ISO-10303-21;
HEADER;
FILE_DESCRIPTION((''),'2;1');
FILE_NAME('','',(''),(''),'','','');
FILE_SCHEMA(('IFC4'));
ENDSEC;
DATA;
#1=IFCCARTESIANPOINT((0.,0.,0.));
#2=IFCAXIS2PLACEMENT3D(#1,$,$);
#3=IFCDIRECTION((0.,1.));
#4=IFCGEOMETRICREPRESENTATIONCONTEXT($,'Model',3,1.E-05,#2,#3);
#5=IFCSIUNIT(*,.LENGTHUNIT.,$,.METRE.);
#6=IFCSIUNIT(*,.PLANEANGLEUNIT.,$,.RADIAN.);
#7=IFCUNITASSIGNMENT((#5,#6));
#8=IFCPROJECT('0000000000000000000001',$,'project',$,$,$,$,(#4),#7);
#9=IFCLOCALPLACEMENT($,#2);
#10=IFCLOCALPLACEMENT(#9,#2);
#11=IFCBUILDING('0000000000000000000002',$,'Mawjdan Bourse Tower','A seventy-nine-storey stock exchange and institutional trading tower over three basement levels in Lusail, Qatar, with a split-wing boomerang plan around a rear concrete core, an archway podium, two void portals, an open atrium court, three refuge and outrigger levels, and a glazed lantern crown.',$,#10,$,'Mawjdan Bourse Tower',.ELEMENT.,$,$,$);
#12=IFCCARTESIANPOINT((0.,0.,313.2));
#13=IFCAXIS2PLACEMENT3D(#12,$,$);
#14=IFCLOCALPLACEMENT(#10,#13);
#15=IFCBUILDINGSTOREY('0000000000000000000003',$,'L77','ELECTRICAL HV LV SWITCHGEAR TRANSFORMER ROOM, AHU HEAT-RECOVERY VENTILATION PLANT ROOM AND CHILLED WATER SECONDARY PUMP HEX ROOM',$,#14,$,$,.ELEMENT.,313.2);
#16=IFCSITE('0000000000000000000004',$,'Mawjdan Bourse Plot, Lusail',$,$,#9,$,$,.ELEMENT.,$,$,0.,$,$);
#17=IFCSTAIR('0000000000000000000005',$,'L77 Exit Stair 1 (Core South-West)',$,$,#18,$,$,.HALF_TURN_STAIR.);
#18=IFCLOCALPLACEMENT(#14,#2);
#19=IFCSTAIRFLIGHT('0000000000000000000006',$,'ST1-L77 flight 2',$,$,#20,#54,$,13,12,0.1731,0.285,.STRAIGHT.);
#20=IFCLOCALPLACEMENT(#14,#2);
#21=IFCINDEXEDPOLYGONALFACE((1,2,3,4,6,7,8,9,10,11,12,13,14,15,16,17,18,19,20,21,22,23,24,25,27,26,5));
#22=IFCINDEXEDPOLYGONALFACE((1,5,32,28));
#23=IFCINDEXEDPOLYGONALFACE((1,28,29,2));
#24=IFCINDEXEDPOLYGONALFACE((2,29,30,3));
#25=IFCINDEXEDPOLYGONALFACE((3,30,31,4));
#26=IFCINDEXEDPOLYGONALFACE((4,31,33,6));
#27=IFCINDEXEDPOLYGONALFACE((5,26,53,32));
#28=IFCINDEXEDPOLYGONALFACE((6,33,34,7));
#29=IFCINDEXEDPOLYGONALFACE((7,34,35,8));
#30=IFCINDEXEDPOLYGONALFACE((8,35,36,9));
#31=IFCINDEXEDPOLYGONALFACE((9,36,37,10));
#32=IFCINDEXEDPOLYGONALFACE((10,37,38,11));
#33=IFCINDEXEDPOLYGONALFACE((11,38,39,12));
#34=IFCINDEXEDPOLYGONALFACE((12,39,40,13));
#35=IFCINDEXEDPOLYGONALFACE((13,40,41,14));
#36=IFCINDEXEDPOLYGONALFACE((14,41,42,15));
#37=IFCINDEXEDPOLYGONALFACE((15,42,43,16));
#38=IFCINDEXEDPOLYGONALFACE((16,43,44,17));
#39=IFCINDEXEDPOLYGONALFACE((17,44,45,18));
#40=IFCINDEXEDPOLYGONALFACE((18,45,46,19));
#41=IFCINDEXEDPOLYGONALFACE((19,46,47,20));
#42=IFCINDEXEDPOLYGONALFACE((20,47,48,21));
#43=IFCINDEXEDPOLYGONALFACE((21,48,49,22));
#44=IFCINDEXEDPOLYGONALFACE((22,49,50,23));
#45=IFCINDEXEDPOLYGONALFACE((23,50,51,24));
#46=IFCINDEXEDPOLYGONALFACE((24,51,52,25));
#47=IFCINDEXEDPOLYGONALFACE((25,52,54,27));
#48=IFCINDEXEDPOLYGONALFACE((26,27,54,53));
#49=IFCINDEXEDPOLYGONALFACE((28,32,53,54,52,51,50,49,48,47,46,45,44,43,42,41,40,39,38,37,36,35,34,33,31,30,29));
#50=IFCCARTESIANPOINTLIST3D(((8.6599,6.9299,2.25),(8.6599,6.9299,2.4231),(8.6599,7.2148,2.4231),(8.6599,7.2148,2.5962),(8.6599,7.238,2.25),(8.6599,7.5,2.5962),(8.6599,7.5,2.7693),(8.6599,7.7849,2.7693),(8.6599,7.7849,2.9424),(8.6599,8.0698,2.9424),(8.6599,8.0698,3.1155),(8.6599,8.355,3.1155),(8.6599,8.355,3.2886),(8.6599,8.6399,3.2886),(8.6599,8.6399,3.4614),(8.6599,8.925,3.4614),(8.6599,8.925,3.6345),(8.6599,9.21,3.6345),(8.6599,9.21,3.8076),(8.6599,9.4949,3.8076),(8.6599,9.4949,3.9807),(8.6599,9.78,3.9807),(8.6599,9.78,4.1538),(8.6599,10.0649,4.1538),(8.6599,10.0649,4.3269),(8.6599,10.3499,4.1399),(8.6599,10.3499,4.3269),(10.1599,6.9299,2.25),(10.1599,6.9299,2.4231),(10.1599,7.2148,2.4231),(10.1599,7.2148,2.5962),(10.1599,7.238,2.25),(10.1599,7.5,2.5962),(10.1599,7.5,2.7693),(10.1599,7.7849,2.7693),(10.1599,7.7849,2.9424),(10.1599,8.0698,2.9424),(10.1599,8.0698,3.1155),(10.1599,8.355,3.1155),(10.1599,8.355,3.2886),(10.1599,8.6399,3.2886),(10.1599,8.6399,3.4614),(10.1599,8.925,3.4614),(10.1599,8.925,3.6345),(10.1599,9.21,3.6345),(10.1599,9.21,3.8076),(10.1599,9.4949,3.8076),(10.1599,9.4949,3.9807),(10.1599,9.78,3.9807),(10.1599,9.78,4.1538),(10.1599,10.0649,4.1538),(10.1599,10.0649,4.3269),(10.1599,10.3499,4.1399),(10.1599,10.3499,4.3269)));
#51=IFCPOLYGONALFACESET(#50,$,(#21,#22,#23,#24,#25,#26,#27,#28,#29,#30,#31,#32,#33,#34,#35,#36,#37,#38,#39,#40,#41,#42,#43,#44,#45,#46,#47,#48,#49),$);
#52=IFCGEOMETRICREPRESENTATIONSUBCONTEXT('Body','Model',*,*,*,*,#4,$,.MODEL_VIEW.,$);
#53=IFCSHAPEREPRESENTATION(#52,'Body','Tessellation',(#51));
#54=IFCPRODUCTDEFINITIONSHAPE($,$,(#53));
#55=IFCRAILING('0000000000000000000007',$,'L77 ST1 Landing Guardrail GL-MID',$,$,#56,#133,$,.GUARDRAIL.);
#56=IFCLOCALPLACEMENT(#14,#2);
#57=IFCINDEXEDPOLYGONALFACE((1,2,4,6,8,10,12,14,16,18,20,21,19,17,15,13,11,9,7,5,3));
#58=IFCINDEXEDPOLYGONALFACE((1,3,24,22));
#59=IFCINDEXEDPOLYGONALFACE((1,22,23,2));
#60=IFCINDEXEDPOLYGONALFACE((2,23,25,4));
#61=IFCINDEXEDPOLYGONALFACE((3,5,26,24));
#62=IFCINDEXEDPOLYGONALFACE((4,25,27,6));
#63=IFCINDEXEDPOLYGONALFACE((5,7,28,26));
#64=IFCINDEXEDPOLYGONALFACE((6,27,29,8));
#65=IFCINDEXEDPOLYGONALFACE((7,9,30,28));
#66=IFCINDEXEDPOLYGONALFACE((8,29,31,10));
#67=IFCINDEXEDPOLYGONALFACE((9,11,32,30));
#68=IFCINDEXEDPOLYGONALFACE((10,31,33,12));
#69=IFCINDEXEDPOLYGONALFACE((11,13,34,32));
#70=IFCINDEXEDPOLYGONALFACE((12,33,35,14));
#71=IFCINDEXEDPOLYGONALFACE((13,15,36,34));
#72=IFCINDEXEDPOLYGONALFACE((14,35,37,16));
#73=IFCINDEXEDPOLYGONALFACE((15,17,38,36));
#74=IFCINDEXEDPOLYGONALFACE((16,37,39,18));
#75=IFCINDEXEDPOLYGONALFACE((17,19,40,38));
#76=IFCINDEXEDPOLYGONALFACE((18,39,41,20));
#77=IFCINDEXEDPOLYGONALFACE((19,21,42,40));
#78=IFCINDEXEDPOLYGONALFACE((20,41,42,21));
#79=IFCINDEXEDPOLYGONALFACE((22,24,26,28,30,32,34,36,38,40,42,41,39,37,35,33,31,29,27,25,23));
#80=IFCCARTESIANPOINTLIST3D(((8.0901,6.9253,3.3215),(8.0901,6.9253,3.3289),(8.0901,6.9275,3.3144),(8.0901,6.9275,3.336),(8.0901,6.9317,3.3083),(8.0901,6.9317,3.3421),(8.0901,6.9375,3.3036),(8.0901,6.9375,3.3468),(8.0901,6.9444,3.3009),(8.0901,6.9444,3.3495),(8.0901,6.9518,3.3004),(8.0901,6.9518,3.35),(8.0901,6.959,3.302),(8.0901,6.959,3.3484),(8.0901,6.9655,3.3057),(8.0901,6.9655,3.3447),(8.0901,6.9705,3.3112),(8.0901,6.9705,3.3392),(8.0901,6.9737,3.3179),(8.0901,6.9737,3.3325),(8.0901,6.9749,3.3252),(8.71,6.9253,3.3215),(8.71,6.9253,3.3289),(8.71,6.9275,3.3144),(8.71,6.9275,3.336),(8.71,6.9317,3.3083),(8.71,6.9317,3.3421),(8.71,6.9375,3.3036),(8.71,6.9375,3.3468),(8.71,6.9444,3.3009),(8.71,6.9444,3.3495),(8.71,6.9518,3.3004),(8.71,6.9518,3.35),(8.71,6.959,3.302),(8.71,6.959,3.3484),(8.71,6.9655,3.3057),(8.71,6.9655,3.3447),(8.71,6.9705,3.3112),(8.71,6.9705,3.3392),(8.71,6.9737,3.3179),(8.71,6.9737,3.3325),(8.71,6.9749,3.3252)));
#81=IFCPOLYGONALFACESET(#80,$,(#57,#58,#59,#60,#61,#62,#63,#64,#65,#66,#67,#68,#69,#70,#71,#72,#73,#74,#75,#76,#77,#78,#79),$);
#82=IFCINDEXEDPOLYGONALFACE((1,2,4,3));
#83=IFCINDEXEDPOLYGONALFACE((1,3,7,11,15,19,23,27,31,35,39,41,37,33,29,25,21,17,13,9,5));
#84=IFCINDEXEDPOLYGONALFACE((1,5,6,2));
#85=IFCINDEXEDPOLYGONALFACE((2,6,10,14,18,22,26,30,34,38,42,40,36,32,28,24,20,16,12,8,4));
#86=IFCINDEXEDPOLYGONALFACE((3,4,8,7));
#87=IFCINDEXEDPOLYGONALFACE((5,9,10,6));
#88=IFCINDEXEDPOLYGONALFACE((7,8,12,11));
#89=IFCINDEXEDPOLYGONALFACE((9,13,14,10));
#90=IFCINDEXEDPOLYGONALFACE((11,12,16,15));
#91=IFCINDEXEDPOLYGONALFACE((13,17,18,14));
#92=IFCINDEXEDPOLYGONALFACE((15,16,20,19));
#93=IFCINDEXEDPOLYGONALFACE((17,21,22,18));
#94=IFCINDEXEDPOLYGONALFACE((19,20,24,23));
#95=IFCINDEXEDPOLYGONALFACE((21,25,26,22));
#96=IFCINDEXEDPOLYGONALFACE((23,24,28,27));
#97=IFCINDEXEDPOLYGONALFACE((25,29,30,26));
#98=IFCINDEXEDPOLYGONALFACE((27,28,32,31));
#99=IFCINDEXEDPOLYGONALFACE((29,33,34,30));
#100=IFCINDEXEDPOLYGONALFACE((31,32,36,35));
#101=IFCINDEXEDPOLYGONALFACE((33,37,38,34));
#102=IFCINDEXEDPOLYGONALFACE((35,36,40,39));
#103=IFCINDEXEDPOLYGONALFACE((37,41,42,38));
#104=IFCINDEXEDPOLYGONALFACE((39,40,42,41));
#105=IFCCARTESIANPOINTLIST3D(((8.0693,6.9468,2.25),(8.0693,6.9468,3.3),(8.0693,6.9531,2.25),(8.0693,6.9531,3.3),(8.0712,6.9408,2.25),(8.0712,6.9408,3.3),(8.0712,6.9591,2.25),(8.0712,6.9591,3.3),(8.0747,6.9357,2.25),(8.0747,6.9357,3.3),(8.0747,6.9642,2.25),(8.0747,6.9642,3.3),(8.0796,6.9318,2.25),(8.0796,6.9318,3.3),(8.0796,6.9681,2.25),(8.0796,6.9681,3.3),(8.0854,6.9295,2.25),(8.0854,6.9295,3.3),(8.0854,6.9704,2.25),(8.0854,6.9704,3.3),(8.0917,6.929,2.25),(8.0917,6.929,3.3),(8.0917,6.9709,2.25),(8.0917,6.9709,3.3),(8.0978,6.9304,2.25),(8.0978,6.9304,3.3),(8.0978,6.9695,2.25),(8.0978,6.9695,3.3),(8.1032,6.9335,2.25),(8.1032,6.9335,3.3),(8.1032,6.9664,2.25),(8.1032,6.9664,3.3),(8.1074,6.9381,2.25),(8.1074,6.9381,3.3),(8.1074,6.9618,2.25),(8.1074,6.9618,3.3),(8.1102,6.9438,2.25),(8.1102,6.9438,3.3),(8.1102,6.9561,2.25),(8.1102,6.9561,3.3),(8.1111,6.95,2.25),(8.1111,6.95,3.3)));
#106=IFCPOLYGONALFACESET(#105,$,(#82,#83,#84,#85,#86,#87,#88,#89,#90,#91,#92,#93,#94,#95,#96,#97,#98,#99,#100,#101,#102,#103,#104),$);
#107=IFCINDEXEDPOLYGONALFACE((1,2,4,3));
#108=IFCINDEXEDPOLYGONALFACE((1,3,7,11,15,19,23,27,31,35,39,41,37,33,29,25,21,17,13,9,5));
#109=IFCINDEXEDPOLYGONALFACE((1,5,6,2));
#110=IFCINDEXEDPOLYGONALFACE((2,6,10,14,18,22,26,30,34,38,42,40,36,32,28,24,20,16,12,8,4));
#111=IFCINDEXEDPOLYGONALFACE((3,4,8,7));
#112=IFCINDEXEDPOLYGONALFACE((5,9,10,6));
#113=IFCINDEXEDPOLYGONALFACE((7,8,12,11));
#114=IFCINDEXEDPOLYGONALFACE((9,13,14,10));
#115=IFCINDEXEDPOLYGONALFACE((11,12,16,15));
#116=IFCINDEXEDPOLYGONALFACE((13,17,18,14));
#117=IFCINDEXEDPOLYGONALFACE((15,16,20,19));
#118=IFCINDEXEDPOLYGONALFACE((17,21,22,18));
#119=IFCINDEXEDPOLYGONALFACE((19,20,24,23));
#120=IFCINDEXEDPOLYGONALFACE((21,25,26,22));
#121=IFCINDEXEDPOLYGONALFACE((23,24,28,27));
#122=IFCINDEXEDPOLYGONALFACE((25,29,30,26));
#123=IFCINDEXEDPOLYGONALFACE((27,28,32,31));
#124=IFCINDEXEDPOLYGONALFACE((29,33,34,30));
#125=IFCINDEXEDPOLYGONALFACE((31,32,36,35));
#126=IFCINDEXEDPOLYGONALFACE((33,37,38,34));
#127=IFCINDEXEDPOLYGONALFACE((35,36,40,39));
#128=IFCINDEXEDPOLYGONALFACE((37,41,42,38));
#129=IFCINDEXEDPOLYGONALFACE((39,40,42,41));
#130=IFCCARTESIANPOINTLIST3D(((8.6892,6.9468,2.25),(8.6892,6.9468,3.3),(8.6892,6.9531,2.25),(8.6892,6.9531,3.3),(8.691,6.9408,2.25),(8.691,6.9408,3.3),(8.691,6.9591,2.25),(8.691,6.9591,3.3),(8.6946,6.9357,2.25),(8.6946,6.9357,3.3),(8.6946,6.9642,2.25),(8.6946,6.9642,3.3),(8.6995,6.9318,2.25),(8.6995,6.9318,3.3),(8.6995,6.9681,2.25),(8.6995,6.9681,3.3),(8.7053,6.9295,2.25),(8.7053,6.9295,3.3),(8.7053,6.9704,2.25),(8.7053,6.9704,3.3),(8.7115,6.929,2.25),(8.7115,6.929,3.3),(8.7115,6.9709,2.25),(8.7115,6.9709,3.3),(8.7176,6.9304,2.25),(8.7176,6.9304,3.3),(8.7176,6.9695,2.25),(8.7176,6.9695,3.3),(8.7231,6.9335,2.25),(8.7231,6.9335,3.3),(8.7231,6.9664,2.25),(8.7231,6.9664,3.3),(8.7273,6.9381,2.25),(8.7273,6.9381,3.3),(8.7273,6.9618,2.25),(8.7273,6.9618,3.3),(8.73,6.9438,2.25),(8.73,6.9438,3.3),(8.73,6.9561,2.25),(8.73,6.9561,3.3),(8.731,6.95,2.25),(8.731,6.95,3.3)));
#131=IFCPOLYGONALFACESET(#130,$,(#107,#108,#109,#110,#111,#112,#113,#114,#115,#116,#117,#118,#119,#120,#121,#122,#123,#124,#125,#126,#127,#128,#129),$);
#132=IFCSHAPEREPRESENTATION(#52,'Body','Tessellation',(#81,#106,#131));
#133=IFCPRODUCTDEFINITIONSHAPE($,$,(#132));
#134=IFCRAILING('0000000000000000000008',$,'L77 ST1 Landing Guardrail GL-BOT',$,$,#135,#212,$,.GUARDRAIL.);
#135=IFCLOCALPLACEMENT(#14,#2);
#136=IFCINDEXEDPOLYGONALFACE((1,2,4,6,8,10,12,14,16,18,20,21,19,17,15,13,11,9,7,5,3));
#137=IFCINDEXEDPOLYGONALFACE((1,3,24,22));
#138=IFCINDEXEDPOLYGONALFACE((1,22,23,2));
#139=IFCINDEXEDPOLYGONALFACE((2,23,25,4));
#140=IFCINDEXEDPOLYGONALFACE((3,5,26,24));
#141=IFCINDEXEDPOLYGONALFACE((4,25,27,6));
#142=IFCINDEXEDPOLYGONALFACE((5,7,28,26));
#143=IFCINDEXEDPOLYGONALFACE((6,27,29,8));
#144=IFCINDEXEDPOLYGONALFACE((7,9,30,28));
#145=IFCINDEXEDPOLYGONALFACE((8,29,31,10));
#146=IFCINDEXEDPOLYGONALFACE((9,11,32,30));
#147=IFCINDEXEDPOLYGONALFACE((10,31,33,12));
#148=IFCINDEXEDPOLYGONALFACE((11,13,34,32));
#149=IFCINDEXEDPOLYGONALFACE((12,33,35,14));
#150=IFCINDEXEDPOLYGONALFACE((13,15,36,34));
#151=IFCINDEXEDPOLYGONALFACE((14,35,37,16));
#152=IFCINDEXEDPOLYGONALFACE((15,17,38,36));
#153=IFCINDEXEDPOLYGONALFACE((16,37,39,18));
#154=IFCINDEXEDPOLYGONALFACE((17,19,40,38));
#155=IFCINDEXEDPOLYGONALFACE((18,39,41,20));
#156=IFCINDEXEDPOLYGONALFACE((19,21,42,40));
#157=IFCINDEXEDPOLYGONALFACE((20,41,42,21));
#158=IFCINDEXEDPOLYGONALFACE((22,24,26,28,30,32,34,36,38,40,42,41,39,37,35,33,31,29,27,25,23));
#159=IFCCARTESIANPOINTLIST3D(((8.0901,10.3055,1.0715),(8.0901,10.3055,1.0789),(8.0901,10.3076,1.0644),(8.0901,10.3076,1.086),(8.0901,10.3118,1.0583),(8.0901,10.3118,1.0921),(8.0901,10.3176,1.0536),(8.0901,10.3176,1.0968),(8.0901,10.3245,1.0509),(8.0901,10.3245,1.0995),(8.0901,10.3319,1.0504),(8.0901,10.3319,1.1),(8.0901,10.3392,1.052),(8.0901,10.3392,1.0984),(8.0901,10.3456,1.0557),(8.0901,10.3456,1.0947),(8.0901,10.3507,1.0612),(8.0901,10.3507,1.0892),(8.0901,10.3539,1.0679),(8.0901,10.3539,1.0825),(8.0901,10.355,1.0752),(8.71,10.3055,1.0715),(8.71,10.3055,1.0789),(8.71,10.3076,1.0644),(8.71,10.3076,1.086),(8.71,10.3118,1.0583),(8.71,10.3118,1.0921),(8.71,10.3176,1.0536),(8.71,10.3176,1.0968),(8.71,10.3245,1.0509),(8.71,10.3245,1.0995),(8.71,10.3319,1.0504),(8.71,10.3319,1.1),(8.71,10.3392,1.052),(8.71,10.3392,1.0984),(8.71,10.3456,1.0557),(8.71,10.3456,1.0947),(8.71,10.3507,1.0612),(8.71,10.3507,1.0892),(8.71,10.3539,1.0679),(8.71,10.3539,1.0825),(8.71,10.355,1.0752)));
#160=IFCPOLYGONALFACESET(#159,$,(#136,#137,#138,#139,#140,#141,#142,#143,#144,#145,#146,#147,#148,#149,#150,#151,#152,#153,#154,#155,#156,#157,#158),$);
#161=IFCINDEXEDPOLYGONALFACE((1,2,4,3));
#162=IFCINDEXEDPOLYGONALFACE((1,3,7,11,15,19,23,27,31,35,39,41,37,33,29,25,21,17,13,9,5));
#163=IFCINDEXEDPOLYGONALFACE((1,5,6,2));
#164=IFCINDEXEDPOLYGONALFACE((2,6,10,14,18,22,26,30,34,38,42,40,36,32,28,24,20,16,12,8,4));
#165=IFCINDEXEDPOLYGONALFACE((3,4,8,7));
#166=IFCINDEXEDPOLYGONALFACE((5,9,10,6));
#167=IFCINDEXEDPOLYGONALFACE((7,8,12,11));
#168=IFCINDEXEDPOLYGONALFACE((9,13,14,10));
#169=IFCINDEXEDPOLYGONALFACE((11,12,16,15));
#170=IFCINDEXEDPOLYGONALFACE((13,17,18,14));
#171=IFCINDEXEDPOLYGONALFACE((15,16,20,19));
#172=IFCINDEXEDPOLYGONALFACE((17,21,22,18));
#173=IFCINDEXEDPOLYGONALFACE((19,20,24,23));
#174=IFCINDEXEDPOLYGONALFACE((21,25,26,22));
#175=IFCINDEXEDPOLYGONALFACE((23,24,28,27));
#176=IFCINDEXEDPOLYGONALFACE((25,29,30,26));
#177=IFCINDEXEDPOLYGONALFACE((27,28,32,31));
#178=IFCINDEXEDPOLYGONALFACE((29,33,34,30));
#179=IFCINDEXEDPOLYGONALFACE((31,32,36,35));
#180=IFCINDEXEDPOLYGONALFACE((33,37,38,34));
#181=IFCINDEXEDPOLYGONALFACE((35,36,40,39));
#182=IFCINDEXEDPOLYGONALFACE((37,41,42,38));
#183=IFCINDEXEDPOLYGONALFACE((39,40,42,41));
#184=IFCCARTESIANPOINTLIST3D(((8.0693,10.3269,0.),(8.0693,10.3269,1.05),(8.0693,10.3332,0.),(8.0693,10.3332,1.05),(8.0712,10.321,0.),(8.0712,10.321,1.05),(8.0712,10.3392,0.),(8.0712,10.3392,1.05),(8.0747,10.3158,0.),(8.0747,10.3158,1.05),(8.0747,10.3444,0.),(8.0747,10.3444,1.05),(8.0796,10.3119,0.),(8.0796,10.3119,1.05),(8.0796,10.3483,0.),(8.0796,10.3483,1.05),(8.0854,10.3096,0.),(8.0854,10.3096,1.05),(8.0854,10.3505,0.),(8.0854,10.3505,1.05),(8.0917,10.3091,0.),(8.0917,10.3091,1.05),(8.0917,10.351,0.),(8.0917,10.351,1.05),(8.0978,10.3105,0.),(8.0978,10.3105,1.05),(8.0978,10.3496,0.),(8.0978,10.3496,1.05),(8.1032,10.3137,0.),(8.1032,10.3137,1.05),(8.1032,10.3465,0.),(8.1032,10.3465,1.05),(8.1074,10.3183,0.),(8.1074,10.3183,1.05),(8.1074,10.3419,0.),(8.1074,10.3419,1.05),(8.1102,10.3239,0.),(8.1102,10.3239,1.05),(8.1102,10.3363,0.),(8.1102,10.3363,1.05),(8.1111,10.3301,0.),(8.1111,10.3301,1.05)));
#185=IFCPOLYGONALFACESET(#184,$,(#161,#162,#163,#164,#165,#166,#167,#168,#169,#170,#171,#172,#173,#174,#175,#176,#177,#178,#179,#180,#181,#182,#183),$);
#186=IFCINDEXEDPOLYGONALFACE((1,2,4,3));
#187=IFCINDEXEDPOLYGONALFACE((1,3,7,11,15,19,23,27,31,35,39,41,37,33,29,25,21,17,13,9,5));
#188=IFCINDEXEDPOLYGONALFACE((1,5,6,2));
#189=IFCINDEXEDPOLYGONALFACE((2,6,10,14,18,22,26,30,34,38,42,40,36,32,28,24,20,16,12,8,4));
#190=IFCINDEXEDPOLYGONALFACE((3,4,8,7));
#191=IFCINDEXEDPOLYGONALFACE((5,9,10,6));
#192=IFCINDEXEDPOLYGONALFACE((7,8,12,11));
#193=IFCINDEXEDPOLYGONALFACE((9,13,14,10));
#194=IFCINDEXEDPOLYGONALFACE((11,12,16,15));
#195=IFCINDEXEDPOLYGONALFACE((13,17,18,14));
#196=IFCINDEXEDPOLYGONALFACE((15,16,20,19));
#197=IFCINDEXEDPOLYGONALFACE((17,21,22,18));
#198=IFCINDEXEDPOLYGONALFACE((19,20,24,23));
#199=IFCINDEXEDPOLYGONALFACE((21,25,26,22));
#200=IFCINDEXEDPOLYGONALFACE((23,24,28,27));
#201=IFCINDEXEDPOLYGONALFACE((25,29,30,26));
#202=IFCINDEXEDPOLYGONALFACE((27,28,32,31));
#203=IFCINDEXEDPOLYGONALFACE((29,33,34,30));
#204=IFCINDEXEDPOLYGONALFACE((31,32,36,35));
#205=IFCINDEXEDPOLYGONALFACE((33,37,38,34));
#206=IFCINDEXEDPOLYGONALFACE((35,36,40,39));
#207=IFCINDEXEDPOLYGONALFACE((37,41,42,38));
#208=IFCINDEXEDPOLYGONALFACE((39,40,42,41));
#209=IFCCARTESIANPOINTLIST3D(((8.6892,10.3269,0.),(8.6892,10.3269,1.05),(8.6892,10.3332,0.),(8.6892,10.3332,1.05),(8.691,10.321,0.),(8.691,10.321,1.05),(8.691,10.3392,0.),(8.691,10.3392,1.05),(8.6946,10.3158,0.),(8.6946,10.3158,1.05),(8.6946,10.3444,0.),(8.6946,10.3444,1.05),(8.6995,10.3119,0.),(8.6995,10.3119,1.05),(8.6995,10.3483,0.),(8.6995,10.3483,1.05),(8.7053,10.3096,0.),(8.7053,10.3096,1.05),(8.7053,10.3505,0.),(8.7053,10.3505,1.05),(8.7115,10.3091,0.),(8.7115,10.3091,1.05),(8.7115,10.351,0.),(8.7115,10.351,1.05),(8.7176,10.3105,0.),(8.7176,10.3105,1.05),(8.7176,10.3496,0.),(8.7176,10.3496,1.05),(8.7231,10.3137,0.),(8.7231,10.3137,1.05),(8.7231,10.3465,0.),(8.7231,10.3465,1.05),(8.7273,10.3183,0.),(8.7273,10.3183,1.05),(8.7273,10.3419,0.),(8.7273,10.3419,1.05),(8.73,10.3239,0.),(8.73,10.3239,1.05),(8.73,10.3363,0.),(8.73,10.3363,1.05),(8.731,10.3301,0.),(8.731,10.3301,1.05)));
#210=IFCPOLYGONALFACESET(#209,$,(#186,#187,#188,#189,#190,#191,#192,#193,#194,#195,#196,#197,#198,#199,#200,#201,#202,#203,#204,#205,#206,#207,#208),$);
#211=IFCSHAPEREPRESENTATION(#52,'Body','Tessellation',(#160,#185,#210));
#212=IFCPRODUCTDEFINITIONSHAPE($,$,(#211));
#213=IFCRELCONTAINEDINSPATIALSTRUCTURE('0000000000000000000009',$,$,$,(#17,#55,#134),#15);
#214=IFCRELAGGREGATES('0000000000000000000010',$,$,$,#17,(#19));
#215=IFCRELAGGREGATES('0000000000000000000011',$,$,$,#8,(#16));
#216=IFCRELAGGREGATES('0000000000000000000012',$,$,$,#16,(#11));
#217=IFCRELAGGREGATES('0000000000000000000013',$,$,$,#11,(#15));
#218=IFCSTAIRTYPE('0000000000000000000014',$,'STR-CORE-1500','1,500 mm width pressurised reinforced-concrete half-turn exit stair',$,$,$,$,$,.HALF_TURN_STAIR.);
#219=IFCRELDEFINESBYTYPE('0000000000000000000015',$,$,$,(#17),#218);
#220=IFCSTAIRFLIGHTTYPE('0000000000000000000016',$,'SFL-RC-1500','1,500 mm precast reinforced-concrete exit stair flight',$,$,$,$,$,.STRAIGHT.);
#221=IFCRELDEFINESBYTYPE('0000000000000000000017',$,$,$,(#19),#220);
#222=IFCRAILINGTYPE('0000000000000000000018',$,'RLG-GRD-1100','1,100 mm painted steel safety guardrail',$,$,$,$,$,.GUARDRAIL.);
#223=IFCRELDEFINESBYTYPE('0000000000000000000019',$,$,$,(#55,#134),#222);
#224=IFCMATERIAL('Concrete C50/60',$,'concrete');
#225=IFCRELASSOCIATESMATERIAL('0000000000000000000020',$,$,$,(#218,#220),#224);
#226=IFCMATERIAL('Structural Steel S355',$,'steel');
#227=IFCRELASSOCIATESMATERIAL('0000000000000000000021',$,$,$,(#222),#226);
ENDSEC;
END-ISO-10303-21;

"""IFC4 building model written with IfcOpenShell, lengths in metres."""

from ifc_helpers import new_model, si_unit, direction, frame, origin, origin_2d, place, context, subcontext, project, spatial, polyline, circle, outline, extrude, material, type_object, element, aggregate, save


model = new_model("IFC4")

# Units and contexts
model_context = context("Model", 3, precision=1e-05, world=origin(), true_north=direction((0.0, 1.0)))
body_context = subcontext(model_context, "Body", "Model", "MODEL_VIEW")
ifc_project = project(units=[si_unit("LENGTHUNIT", "METRE"), si_unit("PLANEANGLEUNIT", "RADIAN")], contexts=[model_context])

# Site, building, storey
site_placement = place(None, origin())
site = spatial("IfcSite", under=ifc_project, at=site_placement, Name="Mawjdan Bourse Plot, Lusail", CompositionType="ELEMENT", RefElevation=0.0)
building_placement = place(site_placement, origin())
building = spatial("IfcBuilding", under=site, at=building_placement, Name="Mawjdan Bourse Tower", Description="A seventy-nine-storey stock exchange and institutional trading tower over three basement levels in Lusail, Qatar, with a split-wing boomerang plan around a rear concrete core, an archway podium, two void portals, an open atrium court, three refuge and outrigger levels, and a glazed lantern crown.", LongName="Mawjdan Bourse Tower", CompositionType="ELEMENT")
storey_placement = place(building_placement, frame((0.0, 0.0, 313.2)))
storey = spatial("IfcBuildingStorey", under=building, at=storey_placement, Name="L77", Description="ELECTRICAL HV LV SWITCHGEAR TRANSFORMER ROOM, AHU HEAT-RECOVERY VENTILATION PLANT ROOM AND CHILLED WATER SECONDARY PUMP HEX ROOM", CompositionType="ELEMENT", Elevation=313.2)

# Shared definitions
ifc_material_1 = material(Name="Structural Steel S355", Category="steel")

# Shared definitions
ifc_material_2 = material(Name="Concrete C50/60", Category="concrete")

# Stair, stair flight
stair_type = type_object("IfcStairType", Name="STR-CORE-1500", Description="1,500 mm width pressurised reinforced-concrete half-turn exit stair", PredefinedType="HALF_TURN_STAIR", material=ifc_material_2)
stair_placement = place(storey_placement, origin())
stair = element("IfcStair", 1, at=stair_placement, inside=storey, type_object=stair_type, Name="L77 Exit Stair 1 (Core South-West)", PredefinedType="HALF_TURN_STAIR")
stair_flight_type = type_object("IfcStairFlightType", Name="SFL-RC-1500", Description="1,500 mm precast reinforced-concrete exit stair flight", PredefinedType="STRAIGHT", material=ifc_material_2)
stair_flight_placement = place(storey_placement, frame((9.4099, 6.9299, 2.25), z_axis=(0.0, 0.0, 1.0), x_axis=(0.0, 1.0, 0.0)))
stair_flight = element("IfcStairFlight", 2, at=stair_flight_placement, type_object=stair_flight_type, Name="ST1-L77 flight 2", NumberOfRisers=13, NumberOfTreads=12, PredefinedType="STRAIGHT", RiserHeight=0.1731, TreadLength=0.285, context=body_context, shape_type="SweptSolid", body=[
    extrude(outline(polyline([(0.0, 0.0), (0.0, 0.1731), (0.2849, 0.1731), (0.2849, 0.3462), (0.5701, 0.3462), (0.5701, 0.5193), (0.855, 0.5193), (0.855, 0.6924), (1.1399, 0.6924), (1.1399, 0.8655), (1.425, 0.8655), (1.425, 1.0386), (1.71, 1.0386), (1.71, 1.2114), (1.9951, 1.2114), (1.9951, 1.3845), (2.28, 1.3845), (2.28, 1.5576), (2.5649, 1.5576), (2.5649, 1.7307), (2.8501, 1.7307), (2.8501, 1.9038), (3.135, 1.9038), (3.135, 2.0769), (3.4199, 2.0769), (3.4199, 2.25), (3.4199, 1.8899), (0.3081, 0.0), (0.0, 0.0)])), frame((0.0, 0.75, 0.0), z_axis=(0.0, -1.0, 0.0), x_axis=(1.0, 0.0, 0.0)), (0.0, 0.0, 1.0), 1.5),
])
aggregate(stair, [stair_flight])

# Railings
railing_type_1 = type_object("IfcRailingType", Name="RLG-GRD-1100", Description="1,100 mm painted steel safety guardrail", PredefinedType="GUARDRAIL", material=ifc_material_1)
for number, where, name in (
    (3, (8.0901, 6.95, 2.25), "L77 ST1 Landing Guardrail GL-MID"),
    (4, (8.0901, 10.3301, 0.0), "L77 ST1 Landing Guardrail GL-BOT"),
):
    element("IfcRailing", number, at=place(storey_placement, frame(where)), inside=storey, type_object=railing_type_1, Name=name, PredefinedType="GUARDRAIL", context=body_context, shape_type="SweptSolid", body=[
        extrude(circle(Radius=0.0249, at=origin_2d()), frame((0.0, 0.0, 1.0752), z_axis=(1.0, 0.0, 0.0), x_axis=(0.0, 1.0, 0.0)), (0.0, 0.0, 1.0), 0.6199),
        extrude(circle(Radius=0.021, at=origin_2d()), origin(), (0.0, 0.0, 1.0), 1.05),
        extrude(circle(Radius=0.021, at=origin_2d()), frame((0.6199, 0.0, 0.0)), (0.0, 0.0, 1.0), 1.05),
    ])

save(model, "model.ifc")
